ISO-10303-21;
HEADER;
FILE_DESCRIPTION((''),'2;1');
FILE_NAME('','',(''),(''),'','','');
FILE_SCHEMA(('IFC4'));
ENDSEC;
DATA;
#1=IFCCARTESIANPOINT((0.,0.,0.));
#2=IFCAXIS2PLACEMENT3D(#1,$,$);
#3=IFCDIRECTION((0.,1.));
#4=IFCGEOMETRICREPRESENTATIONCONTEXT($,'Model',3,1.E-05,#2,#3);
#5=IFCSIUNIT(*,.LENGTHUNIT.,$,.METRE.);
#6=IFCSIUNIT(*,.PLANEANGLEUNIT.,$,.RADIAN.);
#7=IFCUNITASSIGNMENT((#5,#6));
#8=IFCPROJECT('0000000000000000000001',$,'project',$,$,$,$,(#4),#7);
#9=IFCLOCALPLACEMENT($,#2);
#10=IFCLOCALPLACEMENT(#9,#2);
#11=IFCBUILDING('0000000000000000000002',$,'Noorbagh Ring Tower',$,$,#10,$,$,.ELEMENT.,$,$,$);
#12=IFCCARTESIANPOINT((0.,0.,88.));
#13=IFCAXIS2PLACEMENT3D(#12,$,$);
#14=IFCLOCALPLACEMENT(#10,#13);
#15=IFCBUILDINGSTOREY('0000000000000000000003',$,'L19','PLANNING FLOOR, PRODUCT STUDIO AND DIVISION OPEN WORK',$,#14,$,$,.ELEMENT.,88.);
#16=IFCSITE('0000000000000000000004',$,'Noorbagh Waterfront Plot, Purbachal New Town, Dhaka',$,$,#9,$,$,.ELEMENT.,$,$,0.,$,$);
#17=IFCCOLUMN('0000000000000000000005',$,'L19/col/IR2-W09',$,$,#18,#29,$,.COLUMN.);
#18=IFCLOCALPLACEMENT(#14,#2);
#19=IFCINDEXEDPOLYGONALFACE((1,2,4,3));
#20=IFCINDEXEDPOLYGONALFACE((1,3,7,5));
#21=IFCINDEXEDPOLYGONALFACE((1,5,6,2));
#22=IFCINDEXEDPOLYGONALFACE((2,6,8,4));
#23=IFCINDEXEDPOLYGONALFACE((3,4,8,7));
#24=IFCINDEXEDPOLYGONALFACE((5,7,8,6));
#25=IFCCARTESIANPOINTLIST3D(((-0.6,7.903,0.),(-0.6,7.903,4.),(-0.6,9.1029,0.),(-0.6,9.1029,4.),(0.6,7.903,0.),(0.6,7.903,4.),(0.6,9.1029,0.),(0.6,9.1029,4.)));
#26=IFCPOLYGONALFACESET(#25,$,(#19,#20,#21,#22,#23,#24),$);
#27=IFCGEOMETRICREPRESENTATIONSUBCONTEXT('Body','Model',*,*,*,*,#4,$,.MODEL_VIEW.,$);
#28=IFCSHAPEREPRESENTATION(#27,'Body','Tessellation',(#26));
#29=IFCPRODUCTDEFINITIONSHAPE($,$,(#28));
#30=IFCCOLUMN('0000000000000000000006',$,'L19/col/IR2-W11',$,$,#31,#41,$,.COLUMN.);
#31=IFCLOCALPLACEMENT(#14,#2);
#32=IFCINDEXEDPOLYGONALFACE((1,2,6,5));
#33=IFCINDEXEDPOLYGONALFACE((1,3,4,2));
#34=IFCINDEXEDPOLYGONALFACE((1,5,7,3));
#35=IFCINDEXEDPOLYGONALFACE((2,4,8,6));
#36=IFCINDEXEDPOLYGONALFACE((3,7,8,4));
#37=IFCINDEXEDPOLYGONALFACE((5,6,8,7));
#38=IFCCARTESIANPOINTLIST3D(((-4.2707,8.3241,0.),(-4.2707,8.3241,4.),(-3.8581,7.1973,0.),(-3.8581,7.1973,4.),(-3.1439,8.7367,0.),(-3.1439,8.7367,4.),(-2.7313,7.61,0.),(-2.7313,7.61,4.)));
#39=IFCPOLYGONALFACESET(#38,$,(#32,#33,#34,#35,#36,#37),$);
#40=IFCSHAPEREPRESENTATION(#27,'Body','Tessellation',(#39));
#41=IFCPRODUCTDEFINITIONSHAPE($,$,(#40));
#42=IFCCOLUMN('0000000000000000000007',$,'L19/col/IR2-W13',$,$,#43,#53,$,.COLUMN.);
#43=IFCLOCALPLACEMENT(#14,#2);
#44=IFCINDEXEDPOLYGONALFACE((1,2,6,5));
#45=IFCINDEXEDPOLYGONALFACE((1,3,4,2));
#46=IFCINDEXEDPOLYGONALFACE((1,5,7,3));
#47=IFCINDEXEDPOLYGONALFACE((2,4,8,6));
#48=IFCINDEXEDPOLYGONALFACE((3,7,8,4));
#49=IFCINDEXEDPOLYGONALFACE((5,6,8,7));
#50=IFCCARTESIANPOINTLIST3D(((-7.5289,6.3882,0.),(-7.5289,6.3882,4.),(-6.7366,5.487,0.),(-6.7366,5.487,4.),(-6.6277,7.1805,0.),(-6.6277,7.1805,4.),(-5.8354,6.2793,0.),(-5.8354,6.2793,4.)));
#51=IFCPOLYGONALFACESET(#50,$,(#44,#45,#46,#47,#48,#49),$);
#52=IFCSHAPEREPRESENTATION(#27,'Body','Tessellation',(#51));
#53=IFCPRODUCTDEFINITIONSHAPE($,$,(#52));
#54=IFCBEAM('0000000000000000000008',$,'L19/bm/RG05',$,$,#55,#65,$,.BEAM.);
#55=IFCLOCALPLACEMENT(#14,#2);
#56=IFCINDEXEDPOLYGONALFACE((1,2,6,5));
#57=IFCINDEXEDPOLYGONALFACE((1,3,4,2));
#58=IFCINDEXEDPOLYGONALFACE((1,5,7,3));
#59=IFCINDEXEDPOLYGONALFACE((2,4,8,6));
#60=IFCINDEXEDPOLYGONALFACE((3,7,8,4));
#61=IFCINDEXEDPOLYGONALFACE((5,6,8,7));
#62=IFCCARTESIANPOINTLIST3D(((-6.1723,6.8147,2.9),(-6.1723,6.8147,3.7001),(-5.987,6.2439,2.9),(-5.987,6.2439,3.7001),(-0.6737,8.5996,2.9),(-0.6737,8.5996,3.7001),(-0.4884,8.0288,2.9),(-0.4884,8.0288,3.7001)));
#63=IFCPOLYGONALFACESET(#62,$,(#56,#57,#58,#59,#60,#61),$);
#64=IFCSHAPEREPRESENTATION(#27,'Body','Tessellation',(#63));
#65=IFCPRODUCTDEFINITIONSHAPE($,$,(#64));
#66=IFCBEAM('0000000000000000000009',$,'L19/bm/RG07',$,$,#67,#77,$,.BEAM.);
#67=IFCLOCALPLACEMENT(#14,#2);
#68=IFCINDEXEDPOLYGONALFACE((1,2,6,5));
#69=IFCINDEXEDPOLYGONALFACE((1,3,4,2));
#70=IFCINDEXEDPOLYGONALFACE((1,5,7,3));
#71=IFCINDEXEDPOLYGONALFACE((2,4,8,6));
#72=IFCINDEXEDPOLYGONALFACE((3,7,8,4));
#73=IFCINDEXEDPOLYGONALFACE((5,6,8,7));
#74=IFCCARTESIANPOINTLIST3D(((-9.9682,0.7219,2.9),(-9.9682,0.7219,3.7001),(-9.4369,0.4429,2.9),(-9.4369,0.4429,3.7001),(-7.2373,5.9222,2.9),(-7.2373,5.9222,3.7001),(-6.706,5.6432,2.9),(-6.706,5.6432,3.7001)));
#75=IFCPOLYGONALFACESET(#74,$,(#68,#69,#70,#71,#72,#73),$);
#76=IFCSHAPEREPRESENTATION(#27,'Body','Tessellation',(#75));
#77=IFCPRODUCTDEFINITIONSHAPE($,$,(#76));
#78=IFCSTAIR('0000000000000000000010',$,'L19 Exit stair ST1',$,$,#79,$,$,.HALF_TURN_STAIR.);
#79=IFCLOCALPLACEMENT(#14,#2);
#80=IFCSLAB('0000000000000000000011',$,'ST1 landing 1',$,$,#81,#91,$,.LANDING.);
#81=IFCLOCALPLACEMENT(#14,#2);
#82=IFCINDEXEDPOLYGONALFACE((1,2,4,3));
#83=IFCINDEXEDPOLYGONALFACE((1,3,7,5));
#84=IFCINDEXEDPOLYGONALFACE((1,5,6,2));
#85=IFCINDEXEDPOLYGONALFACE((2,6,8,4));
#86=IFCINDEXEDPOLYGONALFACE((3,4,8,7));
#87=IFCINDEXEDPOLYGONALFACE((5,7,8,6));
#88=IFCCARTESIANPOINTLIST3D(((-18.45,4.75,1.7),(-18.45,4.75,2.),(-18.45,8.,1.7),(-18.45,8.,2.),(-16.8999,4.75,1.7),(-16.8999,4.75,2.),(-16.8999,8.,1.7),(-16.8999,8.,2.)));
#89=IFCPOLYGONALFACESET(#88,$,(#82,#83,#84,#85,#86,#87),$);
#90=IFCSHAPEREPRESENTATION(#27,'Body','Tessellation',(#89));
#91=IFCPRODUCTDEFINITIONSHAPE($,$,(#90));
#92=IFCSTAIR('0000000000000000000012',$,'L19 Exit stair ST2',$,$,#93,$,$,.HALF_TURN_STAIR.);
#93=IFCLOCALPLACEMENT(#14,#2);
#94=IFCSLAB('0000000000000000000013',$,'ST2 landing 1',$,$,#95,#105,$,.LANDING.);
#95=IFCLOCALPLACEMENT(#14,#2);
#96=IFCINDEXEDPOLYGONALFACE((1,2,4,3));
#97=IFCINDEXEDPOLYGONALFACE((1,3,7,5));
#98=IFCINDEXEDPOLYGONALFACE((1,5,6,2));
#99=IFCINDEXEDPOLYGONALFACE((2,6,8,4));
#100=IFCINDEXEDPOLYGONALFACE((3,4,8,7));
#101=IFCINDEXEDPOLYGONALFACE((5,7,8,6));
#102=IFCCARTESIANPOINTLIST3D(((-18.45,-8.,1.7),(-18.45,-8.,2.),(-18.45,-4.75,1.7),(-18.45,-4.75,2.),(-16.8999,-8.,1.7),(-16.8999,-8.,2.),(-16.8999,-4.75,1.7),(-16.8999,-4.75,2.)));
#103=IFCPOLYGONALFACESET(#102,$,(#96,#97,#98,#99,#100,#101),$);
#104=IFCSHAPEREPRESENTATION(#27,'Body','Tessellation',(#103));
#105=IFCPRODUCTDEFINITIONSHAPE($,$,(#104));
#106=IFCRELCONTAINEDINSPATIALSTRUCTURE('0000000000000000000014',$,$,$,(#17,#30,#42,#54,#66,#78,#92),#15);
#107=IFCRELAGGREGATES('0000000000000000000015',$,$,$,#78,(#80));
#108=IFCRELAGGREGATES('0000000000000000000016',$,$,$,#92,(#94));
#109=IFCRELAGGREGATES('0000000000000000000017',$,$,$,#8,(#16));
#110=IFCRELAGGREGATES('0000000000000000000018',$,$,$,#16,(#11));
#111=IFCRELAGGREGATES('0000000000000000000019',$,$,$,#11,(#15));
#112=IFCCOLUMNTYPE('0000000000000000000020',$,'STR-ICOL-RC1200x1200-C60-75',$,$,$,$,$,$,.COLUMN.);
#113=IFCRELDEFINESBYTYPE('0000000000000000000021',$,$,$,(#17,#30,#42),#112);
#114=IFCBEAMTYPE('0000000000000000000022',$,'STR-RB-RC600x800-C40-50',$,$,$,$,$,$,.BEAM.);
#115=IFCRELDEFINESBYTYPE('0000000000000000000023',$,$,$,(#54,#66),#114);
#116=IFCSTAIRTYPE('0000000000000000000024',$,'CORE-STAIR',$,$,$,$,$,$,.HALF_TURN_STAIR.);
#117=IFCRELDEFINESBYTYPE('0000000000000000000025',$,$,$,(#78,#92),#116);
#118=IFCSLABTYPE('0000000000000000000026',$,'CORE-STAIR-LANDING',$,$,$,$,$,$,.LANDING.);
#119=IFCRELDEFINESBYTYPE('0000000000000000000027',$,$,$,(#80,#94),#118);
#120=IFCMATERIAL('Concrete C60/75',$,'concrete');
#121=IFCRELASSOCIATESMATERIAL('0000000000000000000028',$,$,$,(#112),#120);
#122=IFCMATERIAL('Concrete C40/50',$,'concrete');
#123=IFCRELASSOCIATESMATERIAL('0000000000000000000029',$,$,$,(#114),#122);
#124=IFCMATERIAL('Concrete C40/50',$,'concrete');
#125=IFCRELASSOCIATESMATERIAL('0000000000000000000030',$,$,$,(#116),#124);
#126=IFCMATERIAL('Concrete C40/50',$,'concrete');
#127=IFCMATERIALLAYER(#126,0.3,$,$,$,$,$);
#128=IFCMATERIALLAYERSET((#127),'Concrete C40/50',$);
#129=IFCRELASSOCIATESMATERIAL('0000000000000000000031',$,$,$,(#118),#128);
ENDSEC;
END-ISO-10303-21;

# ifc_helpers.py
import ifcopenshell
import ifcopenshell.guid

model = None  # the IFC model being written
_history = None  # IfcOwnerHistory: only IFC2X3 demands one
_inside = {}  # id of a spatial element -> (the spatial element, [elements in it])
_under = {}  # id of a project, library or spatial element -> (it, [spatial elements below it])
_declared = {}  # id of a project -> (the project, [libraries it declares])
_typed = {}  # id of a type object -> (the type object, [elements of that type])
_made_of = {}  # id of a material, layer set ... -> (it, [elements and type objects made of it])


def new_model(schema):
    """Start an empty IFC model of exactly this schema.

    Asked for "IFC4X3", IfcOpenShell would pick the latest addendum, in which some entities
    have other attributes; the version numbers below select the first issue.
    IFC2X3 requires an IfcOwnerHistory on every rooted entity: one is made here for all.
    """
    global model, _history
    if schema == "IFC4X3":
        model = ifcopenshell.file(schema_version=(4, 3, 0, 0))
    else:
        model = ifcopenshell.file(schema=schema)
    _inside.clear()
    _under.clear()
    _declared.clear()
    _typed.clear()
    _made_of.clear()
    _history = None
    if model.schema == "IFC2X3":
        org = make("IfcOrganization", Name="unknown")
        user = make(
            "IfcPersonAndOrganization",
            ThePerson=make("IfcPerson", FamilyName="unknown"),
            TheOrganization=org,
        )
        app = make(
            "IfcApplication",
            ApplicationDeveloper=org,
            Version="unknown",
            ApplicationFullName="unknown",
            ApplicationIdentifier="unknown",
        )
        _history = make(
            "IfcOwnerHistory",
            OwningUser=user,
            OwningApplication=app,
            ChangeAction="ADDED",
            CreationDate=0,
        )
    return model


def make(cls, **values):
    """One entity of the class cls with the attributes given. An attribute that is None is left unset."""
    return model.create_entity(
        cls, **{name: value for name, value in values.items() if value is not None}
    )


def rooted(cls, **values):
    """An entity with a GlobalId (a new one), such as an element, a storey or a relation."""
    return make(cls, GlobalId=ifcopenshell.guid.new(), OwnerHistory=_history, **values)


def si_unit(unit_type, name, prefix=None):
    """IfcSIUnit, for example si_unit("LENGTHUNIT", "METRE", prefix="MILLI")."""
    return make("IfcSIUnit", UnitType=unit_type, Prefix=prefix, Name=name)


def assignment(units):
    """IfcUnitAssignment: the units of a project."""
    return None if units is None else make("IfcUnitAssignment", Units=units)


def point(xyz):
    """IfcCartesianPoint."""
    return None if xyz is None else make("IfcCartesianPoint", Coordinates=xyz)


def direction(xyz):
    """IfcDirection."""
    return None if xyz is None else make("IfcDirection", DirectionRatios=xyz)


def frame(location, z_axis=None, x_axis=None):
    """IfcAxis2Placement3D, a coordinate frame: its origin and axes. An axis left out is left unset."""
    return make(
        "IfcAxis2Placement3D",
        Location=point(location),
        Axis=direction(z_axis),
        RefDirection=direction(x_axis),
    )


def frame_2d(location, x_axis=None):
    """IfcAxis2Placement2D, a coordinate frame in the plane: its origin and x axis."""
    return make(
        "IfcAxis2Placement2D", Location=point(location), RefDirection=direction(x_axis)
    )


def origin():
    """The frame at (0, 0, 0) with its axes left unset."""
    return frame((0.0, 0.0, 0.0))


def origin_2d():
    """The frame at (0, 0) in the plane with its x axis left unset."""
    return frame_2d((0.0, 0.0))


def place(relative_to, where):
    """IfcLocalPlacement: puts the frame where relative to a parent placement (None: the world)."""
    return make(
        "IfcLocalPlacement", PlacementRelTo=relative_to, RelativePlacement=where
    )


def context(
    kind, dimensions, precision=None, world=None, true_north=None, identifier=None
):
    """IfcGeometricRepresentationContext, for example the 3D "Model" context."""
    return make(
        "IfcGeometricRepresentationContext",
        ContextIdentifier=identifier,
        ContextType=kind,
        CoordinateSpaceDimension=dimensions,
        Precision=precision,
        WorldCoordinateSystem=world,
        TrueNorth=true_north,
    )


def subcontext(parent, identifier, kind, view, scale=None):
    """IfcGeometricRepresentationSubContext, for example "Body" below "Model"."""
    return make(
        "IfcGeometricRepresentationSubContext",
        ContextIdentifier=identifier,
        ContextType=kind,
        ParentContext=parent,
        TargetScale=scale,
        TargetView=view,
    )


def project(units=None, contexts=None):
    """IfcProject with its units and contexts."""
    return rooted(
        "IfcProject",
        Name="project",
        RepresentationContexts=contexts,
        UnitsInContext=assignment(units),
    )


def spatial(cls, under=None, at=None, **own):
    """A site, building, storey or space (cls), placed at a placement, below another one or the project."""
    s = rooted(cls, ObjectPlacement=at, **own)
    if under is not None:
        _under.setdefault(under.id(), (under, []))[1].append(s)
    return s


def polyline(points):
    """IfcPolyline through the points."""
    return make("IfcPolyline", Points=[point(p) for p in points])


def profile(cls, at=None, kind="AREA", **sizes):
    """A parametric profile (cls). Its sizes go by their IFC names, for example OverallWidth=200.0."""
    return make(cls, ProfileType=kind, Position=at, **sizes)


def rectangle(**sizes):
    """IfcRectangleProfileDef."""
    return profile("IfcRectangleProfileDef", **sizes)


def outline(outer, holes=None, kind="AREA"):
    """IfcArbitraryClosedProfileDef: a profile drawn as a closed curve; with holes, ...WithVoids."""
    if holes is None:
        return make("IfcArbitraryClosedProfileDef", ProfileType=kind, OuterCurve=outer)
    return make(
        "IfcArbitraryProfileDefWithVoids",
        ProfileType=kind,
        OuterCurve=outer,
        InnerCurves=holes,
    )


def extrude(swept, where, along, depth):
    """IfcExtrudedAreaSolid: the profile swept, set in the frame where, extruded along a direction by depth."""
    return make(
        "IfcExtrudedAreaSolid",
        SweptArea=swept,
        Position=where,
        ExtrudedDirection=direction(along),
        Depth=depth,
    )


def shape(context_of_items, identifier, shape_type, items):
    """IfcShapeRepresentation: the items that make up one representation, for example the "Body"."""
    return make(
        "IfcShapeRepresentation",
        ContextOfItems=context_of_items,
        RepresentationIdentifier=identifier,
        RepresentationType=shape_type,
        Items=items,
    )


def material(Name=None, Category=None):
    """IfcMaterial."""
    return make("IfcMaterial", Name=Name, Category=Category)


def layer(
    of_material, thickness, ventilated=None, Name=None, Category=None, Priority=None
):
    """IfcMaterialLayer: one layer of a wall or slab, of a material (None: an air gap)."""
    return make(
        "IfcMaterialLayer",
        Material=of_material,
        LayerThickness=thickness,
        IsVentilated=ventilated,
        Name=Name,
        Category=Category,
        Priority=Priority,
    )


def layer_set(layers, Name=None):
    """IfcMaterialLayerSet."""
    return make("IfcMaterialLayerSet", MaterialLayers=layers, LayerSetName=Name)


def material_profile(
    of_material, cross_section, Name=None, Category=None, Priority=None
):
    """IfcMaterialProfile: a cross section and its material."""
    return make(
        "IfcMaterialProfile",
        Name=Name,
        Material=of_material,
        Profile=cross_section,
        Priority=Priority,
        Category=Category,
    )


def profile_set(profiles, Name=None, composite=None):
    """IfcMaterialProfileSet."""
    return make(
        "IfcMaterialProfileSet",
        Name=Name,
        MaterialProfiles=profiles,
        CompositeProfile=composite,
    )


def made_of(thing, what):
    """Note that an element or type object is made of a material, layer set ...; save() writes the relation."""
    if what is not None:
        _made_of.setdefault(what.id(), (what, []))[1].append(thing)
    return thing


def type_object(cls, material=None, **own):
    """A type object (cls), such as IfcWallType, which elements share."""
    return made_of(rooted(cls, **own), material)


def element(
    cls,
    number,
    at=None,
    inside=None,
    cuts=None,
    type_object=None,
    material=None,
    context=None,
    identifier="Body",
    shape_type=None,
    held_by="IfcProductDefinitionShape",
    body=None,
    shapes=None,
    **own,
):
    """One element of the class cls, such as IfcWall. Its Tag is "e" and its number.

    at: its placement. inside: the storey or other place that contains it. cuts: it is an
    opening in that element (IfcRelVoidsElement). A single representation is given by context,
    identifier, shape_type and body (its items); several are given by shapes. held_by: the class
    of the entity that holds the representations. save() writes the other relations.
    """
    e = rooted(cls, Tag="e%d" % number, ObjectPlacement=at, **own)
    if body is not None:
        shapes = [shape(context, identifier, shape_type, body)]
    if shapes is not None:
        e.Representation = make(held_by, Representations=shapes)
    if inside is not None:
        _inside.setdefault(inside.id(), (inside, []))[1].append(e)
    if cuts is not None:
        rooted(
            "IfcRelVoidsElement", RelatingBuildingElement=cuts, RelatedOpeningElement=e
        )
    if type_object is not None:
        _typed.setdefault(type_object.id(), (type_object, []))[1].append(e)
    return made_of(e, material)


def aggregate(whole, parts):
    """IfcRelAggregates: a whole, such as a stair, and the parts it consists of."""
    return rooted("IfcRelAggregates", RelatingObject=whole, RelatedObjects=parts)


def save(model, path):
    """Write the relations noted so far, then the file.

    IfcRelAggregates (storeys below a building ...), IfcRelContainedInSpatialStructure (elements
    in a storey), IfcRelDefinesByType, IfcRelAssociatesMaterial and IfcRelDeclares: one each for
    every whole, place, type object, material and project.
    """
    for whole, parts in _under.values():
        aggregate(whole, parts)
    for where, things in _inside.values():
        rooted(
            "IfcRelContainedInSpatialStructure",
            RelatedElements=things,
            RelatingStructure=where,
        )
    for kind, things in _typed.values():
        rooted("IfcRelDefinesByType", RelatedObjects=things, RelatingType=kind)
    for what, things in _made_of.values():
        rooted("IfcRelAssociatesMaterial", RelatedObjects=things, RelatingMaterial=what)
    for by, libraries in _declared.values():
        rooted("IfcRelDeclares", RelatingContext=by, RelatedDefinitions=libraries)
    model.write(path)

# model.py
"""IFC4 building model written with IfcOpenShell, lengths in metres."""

from ifc_helpers import new_model, si_unit, direction, frame, origin, origin_2d, place, context, subcontext, project, spatial, polyline, rectangle, outline, extrude, material, layer, layer_set, material_profile, profile_set, type_object, element, aggregate, save


model = new_model("IFC4")

# Units and contexts
model_context = context("Model", 3, precision=1e-05, world=origin(), true_north=direction((0.0, 1.0)))
body_context = subcontext(model_context, "Body", "Model", "MODEL_VIEW")
ifc_project = project(units=[si_unit("LENGTHUNIT", "METRE"), si_unit("PLANEANGLEUNIT", "RADIAN")], contexts=[model_context])

# Site, building, storey
site_placement = place(None, origin())
site = spatial("IfcSite", under=ifc_project, at=site_placement, Name="Noorbagh Waterfront Plot, Purbachal New Town, Dhaka", CompositionType="ELEMENT", RefElevation=0.0)
building_placement = place(site_placement, origin())
building = spatial("IfcBuilding", under=site, at=building_placement, Name="Noorbagh Ring Tower", CompositionType="ELEMENT")
storey_placement = place(building_placement, frame((0.0, 0.0, 88.0)))
storey = spatial("IfcBuildingStorey", under=building, at=storey_placement, Name="L19", Description="PLANNING FLOOR, PRODUCT STUDIO AND DIVISION OPEN WORK", CompositionType="ELEMENT", Elevation=88.0)

# Columns
ifc_material_1 = material(Name="Concrete C60/75", Category="concrete")
ifc_material_profile_1 = material_profile(ifc_material_1, rectangle(XDim=1.2, YDim=1.2, at=origin_2d()), Name="RC1200x1200")
ifc_profile_set_1 = profile_set([ifc_material_profile_1], Name="Concrete C60/75")
column_type = type_object("IfcColumnType", Name="STR-ICOL-RC1200x1200-C60-75", PredefinedType="COLUMN", material=ifc_profile_set_1)
for number, where, z_axis, x_axis, name in (
    (1, (0.0, 8.5029, 0.0), (0.0, 0.0, 1.0), (-1.0, 0.0, 0.0), "L19/col/IR2-W09"),
    (2, (-3.501, 7.967, 0.0), (0.0, 0.0, 1.0), (-0.93902, -0.343864, 0.0), "L19/col/IR2-W11"),
    (3, (-6.6821, 6.3337, 0.0), (0.0, 0.0, 1.0), (-0.751022, -0.660277, 0.0), "L19/col/IR2-W13"),
):
    element("IfcColumn", number, at=place(storey_placement, frame(where, z_axis=z_axis, x_axis=x_axis)), inside=storey, type_object=column_type, Name=name, PredefinedType="COLUMN", context=body_context, shape_type="SweptSolid", body=[
        extrude(rectangle(XDim=1.2, YDim=1.2, at=origin_2d()), origin(), (0.0, 0.0, 1.0), 4.0),
    ])

# Beams
ifc_material_2 = material(Name="Concrete C40/50", Category="concrete")
ifc_material_profile_2 = material_profile(ifc_material_2, rectangle(XDim=0.6001, YDim=0.8, at=origin_2d()), Name="RC600x800")
ifc_profile_set_2 = profile_set([ifc_material_profile_2], Name="Concrete C40/50")
beam_type = type_object("IfcBeamType", Name="STR-RB-RC600x800-C40-50", PredefinedType="BEAM", material=ifc_profile_set_2)
beam_1_placement = place(storey_placement, frame((-0.5811, 8.3142, 3.3), z_axis=(-0.951141, -0.308756, 0.0), x_axis=(0.308756, -0.951141, 0.0)))
element("IfcBeam", 4, at=beam_1_placement, inside=storey, type_object=beam_type, Name="L19/bm/RG05", PredefinedType="BEAM", context=body_context, shape_type="SweptSolid", body=[
    extrude(rectangle(XDim=0.6001, YDim=0.8, at=origin_2d()), origin(), (0.0, 0.0, 1.0), 5.781),
])
beam_2_placement = place(storey_placement, frame((-6.9717, 5.7827, 3.3), z_axis=(-0.464931, -0.885347, 0.0), x_axis=(0.885347, -0.464931, 0.0)))
element("IfcBeam", 5, at=beam_2_placement, inside=storey, type_object=beam_type, Name="L19/bm/RG07", PredefinedType="BEAM", context=body_context, shape_type="SweptSolid", body=[
    extrude(rectangle(XDim=0.6001, YDim=0.8, at=origin_2d()), origin(), (0.0, 0.0, 1.0), 5.8738),
])

# Stairs, slabs
ifc_material_3 = material(Name="Concrete C40/50", Category="concrete")
stair_type = type_object("IfcStairType", Name="CORE-STAIR", PredefinedType="HALF_TURN_STAIR", material=ifc_material_3)
stair_1_placement = place(storey_placement, origin())
stair_1 = element("IfcStair", 6, at=stair_1_placement, inside=storey, type_object=stair_type, Name="L19 Exit stair ST1", PredefinedType="HALF_TURN_STAIR")
ifc_material_4 = material(Name="Concrete C40/50", Category="concrete")
ifc_layer_1 = layer(ifc_material_4, 0.3)
ifc_layer_set_1 = layer_set([ifc_layer_1], Name="Concrete C40/50")
slab_type_1 = type_object("IfcSlabType", Name="CORE-STAIR-LANDING", PredefinedType="LANDING", material=ifc_layer_set_1)
slab_1_placement = place(storey_placement, frame((0.0, 0.0, 1.7)))
slab_1 = element("IfcSlab", 7, at=slab_1_placement, type_object=slab_type_1, Name="ST1 landing 1", PredefinedType="LANDING", context=body_context, shape_type="SweptSolid", body=[
    extrude(outline(polyline([(-18.45, 4.75), (-16.8999, 4.75), (-16.8999, 8.0), (-18.45, 8.0), (-18.45, 4.75)])), origin(), (0.0, 0.0, 1.0), 0.3),
])
aggregate(stair_1, [slab_1])
stair_2_placement = place(storey_placement, origin())
stair_2 = element("IfcStair", 8, at=stair_2_placement, inside=storey, type_object=stair_type, Name="L19 Exit stair ST2", PredefinedType="HALF_TURN_STAIR")
slab_2_placement = place(storey_placement, frame((0.0, 0.0, 1.7)))
slab_2 = element("IfcSlab", 9, at=slab_2_placement, type_object=slab_type_1, Name="ST2 landing 1", PredefinedType="LANDING", context=body_context, shape_type="SweptSolid", body=[
    extrude(outline(polyline([(-18.45, -8.0), (-16.8999, -8.0), (-16.8999, -4.75), (-18.45, -4.75), (-18.45, -8.0)])), origin(), (0.0, 0.0, 1.0), 0.3),
])
aggregate(stair_2, [slab_2])

save(model, "model.ifc")
